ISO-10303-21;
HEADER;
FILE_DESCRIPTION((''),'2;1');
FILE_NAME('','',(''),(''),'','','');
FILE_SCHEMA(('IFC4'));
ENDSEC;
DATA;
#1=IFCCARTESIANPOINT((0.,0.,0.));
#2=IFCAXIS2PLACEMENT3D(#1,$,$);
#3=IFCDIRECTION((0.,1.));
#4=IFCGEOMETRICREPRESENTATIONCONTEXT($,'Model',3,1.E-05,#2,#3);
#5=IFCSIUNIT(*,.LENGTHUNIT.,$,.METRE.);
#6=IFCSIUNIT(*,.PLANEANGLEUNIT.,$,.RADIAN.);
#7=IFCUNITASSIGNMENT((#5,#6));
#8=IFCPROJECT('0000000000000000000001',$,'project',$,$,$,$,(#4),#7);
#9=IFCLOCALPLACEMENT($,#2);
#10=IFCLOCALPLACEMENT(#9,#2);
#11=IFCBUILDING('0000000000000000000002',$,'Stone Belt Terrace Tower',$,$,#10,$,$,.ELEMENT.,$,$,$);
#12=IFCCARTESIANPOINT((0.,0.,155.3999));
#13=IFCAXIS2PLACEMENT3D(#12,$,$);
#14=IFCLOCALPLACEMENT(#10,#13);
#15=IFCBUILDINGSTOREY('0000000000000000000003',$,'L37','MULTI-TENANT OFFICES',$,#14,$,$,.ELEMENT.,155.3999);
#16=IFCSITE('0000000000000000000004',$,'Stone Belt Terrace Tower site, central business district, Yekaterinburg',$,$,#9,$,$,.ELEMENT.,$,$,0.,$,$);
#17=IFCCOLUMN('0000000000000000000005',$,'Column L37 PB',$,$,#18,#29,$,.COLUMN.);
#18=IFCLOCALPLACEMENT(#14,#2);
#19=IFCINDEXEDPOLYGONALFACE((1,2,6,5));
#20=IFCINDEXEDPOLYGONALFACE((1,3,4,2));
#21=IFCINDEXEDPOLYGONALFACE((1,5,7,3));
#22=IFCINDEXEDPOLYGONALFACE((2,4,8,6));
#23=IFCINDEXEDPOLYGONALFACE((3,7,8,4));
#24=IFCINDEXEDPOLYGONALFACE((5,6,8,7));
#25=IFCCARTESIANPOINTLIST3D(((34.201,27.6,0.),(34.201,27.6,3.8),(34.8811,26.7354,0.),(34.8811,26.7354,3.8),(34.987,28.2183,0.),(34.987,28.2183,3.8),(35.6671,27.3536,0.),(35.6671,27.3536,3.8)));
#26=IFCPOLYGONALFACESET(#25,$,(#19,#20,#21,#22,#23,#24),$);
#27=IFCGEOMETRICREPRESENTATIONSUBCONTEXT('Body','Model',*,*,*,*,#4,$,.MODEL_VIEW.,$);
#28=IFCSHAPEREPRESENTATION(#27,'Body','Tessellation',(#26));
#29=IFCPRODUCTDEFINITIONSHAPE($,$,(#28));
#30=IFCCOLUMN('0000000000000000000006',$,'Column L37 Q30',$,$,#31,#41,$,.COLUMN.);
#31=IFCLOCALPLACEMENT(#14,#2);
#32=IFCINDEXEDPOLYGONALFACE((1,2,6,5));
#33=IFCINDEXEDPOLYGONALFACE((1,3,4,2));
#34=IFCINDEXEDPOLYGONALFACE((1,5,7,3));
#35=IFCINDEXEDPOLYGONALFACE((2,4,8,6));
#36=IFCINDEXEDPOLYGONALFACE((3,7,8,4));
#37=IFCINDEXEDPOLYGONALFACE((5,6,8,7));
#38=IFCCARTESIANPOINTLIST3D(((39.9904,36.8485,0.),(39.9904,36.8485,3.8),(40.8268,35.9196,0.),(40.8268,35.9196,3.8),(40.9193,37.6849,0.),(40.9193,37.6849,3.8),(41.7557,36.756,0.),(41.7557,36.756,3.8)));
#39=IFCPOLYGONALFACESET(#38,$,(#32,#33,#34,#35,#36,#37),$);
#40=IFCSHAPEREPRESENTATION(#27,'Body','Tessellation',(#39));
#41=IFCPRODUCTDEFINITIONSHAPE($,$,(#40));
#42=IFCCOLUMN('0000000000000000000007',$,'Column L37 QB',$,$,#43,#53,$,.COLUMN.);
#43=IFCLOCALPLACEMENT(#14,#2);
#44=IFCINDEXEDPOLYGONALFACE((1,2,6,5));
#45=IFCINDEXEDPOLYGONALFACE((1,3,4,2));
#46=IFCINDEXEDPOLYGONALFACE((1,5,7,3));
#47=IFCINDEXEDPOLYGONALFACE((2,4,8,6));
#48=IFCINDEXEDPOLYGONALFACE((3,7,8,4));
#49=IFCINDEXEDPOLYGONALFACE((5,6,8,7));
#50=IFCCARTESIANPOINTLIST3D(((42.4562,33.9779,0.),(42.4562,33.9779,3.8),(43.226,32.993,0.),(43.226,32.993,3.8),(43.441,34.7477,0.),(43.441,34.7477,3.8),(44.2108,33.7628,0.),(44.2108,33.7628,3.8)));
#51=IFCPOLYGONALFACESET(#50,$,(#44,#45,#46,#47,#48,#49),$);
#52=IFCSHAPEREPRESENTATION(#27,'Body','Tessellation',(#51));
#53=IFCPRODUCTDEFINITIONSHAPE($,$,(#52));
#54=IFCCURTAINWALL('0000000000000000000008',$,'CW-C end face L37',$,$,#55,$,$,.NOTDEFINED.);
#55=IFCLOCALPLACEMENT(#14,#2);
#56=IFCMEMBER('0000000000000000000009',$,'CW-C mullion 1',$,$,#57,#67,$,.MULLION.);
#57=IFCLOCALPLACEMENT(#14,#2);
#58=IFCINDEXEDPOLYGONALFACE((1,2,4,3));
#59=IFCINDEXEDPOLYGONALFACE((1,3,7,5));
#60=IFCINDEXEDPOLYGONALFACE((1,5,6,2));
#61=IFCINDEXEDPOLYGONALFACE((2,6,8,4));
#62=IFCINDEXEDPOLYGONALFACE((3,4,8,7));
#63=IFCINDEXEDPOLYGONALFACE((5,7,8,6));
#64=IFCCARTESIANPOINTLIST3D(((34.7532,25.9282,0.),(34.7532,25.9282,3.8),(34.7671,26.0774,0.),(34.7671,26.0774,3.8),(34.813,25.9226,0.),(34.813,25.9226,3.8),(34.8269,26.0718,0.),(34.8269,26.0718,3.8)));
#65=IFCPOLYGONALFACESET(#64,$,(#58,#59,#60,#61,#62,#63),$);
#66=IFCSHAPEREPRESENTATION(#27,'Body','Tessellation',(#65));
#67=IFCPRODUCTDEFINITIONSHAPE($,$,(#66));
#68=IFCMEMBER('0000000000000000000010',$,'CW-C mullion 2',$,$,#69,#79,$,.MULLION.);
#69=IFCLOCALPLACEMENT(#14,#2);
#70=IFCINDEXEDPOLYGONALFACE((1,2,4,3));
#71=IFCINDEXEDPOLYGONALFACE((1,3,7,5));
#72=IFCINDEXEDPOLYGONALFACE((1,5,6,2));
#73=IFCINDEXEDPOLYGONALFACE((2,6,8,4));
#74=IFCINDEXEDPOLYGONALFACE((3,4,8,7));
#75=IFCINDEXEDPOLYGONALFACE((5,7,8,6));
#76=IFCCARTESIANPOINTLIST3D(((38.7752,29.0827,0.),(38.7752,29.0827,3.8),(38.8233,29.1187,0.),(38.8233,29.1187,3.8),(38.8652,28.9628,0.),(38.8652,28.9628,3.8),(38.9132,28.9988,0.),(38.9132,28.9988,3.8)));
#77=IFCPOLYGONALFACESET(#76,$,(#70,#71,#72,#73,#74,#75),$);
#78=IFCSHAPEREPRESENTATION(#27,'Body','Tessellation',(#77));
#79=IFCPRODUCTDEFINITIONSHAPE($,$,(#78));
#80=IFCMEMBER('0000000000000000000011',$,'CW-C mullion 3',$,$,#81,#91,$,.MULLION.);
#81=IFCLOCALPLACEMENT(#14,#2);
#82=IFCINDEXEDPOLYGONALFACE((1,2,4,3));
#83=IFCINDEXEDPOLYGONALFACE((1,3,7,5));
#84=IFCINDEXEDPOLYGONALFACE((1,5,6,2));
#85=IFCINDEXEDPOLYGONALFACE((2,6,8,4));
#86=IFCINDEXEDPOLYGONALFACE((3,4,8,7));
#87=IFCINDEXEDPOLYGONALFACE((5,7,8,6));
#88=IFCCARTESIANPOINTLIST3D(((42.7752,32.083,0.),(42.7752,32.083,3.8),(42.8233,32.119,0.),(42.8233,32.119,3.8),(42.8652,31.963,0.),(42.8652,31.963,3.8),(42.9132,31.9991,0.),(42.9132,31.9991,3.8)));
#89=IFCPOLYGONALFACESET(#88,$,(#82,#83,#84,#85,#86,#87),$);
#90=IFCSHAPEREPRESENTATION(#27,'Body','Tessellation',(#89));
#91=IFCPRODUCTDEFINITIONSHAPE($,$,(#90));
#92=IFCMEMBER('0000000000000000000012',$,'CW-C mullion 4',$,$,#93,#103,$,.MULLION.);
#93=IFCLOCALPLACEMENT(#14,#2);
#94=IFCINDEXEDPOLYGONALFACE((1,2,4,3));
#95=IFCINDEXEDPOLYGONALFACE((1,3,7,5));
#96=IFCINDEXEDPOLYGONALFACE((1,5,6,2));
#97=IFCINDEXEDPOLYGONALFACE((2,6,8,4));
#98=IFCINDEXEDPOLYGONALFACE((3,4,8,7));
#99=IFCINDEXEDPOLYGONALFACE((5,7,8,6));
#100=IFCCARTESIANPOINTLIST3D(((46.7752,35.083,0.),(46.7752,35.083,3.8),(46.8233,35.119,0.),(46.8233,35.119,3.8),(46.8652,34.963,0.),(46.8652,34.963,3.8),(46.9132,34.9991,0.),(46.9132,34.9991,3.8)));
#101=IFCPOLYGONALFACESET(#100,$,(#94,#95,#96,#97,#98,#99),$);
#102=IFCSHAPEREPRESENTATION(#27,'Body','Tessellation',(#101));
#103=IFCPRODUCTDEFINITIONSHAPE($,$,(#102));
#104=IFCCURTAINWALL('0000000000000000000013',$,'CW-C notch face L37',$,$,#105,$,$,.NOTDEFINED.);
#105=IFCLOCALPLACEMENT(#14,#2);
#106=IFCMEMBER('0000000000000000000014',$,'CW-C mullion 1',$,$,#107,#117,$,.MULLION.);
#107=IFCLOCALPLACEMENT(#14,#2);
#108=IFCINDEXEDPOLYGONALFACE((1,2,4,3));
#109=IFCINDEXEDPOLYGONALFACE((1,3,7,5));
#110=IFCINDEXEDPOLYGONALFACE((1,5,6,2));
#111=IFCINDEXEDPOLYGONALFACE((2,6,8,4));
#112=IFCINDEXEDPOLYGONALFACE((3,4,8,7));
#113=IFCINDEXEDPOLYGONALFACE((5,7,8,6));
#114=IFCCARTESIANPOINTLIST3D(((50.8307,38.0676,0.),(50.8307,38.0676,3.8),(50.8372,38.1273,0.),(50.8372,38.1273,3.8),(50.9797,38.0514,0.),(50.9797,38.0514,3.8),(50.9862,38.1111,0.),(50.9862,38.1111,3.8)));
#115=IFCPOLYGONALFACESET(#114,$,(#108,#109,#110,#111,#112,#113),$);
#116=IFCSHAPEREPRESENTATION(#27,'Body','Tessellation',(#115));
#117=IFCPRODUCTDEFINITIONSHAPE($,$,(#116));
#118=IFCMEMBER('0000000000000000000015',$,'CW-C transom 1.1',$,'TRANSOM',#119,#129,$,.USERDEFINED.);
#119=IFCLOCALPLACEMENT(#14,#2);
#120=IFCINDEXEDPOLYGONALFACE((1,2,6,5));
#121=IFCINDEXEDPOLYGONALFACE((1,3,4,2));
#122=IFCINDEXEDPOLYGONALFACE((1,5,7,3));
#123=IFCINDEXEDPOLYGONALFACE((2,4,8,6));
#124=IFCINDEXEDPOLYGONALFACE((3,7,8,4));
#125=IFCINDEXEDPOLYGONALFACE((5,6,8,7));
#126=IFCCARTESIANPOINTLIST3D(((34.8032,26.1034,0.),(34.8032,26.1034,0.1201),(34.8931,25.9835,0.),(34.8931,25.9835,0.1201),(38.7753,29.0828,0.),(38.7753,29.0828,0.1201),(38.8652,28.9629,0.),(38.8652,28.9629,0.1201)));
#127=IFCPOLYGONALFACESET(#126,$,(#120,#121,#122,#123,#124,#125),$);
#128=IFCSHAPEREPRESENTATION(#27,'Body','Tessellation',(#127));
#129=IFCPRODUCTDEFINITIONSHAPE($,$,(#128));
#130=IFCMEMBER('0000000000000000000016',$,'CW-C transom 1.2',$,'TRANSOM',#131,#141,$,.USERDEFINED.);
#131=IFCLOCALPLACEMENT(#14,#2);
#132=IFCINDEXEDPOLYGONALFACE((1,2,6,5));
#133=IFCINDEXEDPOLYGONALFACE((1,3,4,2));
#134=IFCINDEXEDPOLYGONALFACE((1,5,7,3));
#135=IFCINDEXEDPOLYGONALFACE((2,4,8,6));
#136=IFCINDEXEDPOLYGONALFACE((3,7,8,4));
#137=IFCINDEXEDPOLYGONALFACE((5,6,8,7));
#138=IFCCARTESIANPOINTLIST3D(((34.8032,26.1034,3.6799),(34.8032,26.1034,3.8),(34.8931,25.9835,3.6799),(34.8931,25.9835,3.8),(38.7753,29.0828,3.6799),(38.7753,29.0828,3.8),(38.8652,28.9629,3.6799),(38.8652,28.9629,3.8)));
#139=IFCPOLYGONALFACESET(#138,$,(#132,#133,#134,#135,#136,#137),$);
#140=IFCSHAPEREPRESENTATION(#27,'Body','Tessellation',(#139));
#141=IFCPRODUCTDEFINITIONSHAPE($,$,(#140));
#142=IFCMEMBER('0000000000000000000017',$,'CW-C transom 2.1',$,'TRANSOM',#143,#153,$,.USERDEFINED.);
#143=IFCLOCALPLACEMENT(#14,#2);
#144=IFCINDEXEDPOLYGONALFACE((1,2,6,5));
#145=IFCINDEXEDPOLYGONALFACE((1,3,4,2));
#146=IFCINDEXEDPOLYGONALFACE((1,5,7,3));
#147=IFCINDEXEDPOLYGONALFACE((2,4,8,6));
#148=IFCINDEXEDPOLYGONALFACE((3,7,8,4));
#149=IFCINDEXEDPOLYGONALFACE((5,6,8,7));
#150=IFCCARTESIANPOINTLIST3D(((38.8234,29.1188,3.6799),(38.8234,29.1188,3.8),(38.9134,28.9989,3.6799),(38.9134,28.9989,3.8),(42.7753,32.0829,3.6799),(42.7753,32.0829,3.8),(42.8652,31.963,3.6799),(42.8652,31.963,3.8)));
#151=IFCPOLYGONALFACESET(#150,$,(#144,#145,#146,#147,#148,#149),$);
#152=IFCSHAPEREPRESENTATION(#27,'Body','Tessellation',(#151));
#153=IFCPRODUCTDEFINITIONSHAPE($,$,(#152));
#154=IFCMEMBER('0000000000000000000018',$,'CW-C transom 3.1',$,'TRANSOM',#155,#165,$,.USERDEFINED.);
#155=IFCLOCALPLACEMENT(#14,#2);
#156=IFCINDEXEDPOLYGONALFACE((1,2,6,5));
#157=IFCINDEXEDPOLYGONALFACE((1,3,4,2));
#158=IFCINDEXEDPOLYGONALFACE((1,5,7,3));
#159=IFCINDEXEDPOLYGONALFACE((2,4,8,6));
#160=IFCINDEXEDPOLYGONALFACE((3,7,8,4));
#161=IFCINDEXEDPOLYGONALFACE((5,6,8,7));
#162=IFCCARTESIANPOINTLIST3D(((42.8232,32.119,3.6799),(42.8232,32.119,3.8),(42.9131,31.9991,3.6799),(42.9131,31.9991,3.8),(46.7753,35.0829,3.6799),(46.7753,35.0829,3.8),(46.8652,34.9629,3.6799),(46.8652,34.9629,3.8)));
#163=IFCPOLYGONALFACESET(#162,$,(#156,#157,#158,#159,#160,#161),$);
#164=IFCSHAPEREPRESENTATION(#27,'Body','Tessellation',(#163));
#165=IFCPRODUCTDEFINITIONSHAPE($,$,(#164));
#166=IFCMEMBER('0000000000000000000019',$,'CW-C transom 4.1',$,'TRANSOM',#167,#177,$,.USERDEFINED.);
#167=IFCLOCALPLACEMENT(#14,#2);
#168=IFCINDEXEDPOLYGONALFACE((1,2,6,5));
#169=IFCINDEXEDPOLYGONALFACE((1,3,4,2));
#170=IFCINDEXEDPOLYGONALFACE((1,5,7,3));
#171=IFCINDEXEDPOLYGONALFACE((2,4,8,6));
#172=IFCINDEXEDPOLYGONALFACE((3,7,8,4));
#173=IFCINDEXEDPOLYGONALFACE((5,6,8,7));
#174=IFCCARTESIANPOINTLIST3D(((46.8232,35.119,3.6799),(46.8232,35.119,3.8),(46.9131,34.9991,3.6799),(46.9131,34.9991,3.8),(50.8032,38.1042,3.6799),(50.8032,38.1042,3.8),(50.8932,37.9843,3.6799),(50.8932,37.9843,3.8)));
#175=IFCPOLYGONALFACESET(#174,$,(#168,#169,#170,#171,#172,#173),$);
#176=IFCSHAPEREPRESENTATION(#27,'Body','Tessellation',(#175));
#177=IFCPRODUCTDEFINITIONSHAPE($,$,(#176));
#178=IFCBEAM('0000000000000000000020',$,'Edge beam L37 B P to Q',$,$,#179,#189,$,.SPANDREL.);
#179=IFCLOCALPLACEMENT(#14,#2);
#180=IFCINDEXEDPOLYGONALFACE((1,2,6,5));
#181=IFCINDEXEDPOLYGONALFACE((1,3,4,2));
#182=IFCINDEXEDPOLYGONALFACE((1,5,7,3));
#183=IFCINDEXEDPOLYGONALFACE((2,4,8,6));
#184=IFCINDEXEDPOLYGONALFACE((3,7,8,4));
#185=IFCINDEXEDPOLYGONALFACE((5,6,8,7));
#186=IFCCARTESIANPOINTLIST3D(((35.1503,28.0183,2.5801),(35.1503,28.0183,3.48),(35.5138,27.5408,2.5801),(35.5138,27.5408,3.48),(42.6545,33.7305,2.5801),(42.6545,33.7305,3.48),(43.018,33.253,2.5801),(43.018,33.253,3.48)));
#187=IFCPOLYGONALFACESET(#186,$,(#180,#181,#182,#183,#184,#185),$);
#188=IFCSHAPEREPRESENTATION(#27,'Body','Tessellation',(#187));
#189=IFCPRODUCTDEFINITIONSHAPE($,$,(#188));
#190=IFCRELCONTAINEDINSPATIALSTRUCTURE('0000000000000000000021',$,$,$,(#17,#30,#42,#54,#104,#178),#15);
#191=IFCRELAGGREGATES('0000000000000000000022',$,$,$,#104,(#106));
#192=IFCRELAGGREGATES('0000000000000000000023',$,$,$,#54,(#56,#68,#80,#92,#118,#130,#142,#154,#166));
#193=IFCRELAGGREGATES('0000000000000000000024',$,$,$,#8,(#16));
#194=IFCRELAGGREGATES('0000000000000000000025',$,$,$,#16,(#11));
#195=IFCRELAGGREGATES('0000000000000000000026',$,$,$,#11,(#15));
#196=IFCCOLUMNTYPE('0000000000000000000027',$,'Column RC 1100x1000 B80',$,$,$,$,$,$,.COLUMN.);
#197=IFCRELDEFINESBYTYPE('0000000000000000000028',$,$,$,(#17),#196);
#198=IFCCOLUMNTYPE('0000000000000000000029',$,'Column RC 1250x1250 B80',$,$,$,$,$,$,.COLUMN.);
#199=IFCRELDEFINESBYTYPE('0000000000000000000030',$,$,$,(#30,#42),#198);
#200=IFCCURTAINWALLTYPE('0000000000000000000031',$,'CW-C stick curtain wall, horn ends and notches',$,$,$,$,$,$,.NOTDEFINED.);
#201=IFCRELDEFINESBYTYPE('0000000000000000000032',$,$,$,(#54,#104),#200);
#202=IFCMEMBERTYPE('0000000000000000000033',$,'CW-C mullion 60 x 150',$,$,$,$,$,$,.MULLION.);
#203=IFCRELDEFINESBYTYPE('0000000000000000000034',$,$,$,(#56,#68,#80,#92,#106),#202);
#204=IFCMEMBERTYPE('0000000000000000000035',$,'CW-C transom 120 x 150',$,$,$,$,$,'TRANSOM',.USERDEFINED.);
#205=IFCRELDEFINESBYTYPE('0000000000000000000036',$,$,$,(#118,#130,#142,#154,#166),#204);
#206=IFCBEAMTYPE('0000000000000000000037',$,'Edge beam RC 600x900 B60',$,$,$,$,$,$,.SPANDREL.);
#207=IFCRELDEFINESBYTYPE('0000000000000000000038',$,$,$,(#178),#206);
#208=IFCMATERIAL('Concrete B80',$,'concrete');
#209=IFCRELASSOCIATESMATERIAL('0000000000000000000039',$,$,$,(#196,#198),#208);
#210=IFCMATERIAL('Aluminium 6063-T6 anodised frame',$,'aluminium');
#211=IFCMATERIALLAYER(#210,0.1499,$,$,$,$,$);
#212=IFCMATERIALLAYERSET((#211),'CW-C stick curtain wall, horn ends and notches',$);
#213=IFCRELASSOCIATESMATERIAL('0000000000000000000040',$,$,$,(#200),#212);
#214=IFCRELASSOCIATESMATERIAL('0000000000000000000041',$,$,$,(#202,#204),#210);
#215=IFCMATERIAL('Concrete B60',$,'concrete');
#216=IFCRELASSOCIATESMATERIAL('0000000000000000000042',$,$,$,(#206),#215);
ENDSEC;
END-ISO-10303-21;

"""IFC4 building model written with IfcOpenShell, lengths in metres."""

from ifc_helpers import new_model, si_unit, direction, frame, origin, origin_2d, place, context, subcontext, project, spatial, rectangle, extrude, material, layer, layer_set, material_profile, profile_set, type_object, element, aggregate, save


model = new_model("IFC4")

# Units and contexts
model_context = context("Model", 3, precision=1e-05, world=origin(), true_north=direction((0.0, 1.0)))
body_context = subcontext(model_context, "Body", "Model", "MODEL_VIEW")
ifc_project = project(units=[si_unit("LENGTHUNIT", "METRE"), si_unit("PLANEANGLEUNIT", "RADIAN")], contexts=[model_context])

# Site, building, storey
site_placement = place(None, origin())
site = spatial("IfcSite", under=ifc_project, at=site_placement, Name="Stone Belt Terrace Tower site, central business district, Yekaterinburg", CompositionType="ELEMENT", RefElevation=0.0)
building_placement = place(site_placement, origin())
building = spatial("IfcBuilding", under=site, at=building_placement, Name="Stone Belt Terrace Tower", CompositionType="ELEMENT")
storey_placement = place(building_placement, frame((0.0, 0.0, 155.3999)))
storey = spatial("IfcBuildingStorey", under=building, at=storey_placement, Name="L37", Description="MULTI-TENANT OFFICES", CompositionType="ELEMENT", Elevation=155.3999)

# Columns
ifc_material_1 = material(Name="Concrete B80", Category="concrete")
ifc_material_profile_1 = material_profile(ifc_material_1, rectangle(XDim=1.1001, YDim=1.0, at=origin_2d()), Name="RC 1100x1000")
ifc_profile_set_1 = profile_set([ifc_material_profile_1], Name="Concrete B80")
column_type_1 = type_object("IfcColumnType", Name="Column RC 1100x1000 B80", PredefinedType="COLUMN", material=ifc_profile_set_1)
column_placement = place(storey_placement, frame((34.9341, 27.4768, 0.0), z_axis=(0.0, 0.0, 1.0), x_axis=(0.618218, -0.786007, 0.0)))
element("IfcColumn", 1, at=column_placement, inside=storey, type_object=column_type_1, Name="Column L37 PB", PredefinedType="COLUMN", context=body_context, shape_type="SweptSolid", body=[
    extrude(rectangle(XDim=1.1001, YDim=1.0, at=origin_2d()), origin(), (0.0, 0.0, 1.0), 3.8),
])
ifc_material_profile_2 = material_profile(ifc_material_1, rectangle(XDim=1.25, YDim=1.25, at=origin_2d()), Name="RC 1250x1250")
ifc_profile_set_2 = profile_set([ifc_material_profile_2], Name="Concrete B80")
column_type_2 = type_object("IfcColumnType", Name="Column RC 1250x1250 B80", PredefinedType="COLUMN", material=ifc_profile_set_2)
for number, where, z_axis, x_axis, name in (
    (2, (40.873, 36.8022, 0.0), (0.0, 0.0, 1.0), (0.669131, -0.743145, 0.0), "Column L37 Q30"),
    (3, (43.3335, 33.8704, 0.0), (0.0, 0.0, 1.0), (0.615825, -0.787883, 0.0), "Column L37 QB"),
):
    element("IfcColumn", number, at=place(storey_placement, frame(where, z_axis=z_axis, x_axis=x_axis)), inside=storey, type_object=column_type_2, Name=name, PredefinedType="COLUMN", context=body_context, shape_type="SweptSolid", body=[
        extrude(rectangle(XDim=1.25, YDim=1.25, at=origin_2d()), origin(), (0.0, 0.0, 1.0), 3.8),
    ])

# Curtain wall, members
ifc_material_2 = material(Name="Aluminium 6063-T6 anodised frame", Category="aluminium")
ifc_layer_1 = layer(ifc_material_2, 0.1499)
ifc_layer_set_1 = layer_set([ifc_layer_1], Name="CW-C stick curtain wall, horn ends and notches")
curtain_wall_type_1 = type_object("IfcCurtainWallType", Name="CW-C stick curtain wall, horn ends and notches", PredefinedType="NOTDEFINED", material=ifc_layer_set_1)
curtain_wall_1_placement = place(storey_placement, origin())
curtain_wall_1 = element("IfcCurtainWall", 4, at=curtain_wall_1_placement, inside=storey, type_object=curtain_wall_type_1, Name="CW-C end face L37", PredefinedType="NOTDEFINED")
ifc_material_profile_3 = material_profile(ifc_material_2, rectangle(XDim=0.1499, YDim=0.0601, at=origin_2d()), Name="Aluminium 6063-T6 60x150")
ifc_profile_set_3 = profile_set([ifc_material_profile_3], Name="Aluminium 6063-T6 anodised frame")
member_type_1 = type_object("IfcMemberType", Name="CW-C mullion 60 x 150", PredefinedType="MULLION", material=ifc_profile_set_3)
member_1_placement = place(storey_placement, frame((34.79, 26.0, 0.0), z_axis=(0.0, 0.0, 1.0), x_axis=(0.093181, 0.995649, 0.0)))
member_1 = element("IfcMember", 5, at=member_1_placement, type_object=member_type_1, Name="CW-C mullion 1", PredefinedType="MULLION", context=body_context, shape_type="SweptSolid", body=[
    extrude(rectangle(XDim=0.1499, YDim=0.0601, at=origin_2d()), origin(), (0.0, 0.0, 1.0), 3.8),
])
member_2_placement = place(storey_placement, frame((38.8442, 29.0408, 0.0), z_axis=(0.0, 0.0, 1.0), x_axis=(-0.600018, 0.799987, 0.0)))
member_2 = element("IfcMember", 6, at=member_2_placement, type_object=member_type_1, Name="CW-C mullion 2", PredefinedType="MULLION", context=body_context, shape_type="SweptSolid", body=[
    extrude(rectangle(XDim=0.1499, YDim=0.0601, at=origin_2d()), origin(), (0.0, 0.0, 1.0), 3.8),
])
member_3_placement = place(storey_placement, frame((42.8442, 32.041, 0.0), z_axis=(0.0, 0.0, 1.0), x_axis=(-0.600018, 0.799987, 0.0)))
member_3 = element("IfcMember", 7, at=member_3_placement, type_object=member_type_1, Name="CW-C mullion 3", PredefinedType="MULLION", context=body_context, shape_type="SweptSolid", body=[
    extrude(rectangle(XDim=0.1499, YDim=0.0601, at=origin_2d()), origin(), (0.0, 0.0, 1.0), 3.8),
])
member_4_placement = place(storey_placement, frame((46.8442, 35.041, 0.0), z_axis=(0.0, 0.0, 1.0), x_axis=(-0.600018, 0.799987, 0.0)))
member_4 = element("IfcMember", 8, at=member_4_placement, type_object=member_type_1, Name="CW-C mullion 4", PredefinedType="MULLION", context=body_context, shape_type="SweptSolid", body=[
    extrude(rectangle(XDim=0.1499, YDim=0.0601, at=origin_2d()), origin(), (0.0, 0.0, 1.0), 3.8),
])

# Curtain wall, member
curtain_wall_2_placement = place(storey_placement, origin())
curtain_wall_2 = element("IfcCurtainWall", 9, at=curtain_wall_2_placement, inside=storey, type_object=curtain_wall_type_1, Name="CW-C notch face L37", PredefinedType="NOTDEFINED")
member_5_placement = place(storey_placement, frame((50.9084, 38.0894, 0.0), z_axis=(0.0, 0.0, 1.0), x_axis=(-0.994169, 0.10783, 0.0)))
member_5 = element("IfcMember", 10, at=member_5_placement, type_object=member_type_1, Name="CW-C mullion 1", PredefinedType="MULLION", context=body_context, shape_type="SweptSolid", body=[
    extrude(rectangle(XDim=0.1499, YDim=0.0601, at=origin_2d()), origin(), (0.0, 0.0, 1.0), 3.8),
])
aggregate(curtain_wall_2, [member_5])

# Members
ifc_material_profile_4 = material_profile(ifc_material_2, rectangle(XDim=0.1499, YDim=0.1201, at=origin_2d()), Name="Aluminium 6063-T6 150x120")
ifc_profile_set_4 = profile_set([ifc_material_profile_4], Name="Aluminium 6063-T6 anodised frame")
member_type_2 = type_object("IfcMemberType", Name="CW-C transom 120 x 150", ElementType="TRANSOM", PredefinedType="USERDEFINED", material=ifc_profile_set_4)
member_6_placement = place(storey_placement, frame((34.8481, 26.0435, 0.0601), z_axis=(0.799965, 0.600047, 0.0), x_axis=(-0.600047, 0.799965, 0.0)))
member_6 = element("IfcMember", 11, at=member_6_placement, type_object=member_type_2, Name="CW-C transom 1.1", ObjectType="TRANSOM", PredefinedType="USERDEFINED", context=body_context, shape_type="SweptSolid", body=[
    extrude(rectangle(XDim=0.1499, YDim=0.1201, at=origin_2d()), origin(), (0.0, 0.0, 1.0), 4.9653),
])
member_7_placement = place(storey_placement, frame((34.8481, 26.0435, 3.74), z_axis=(0.799965, 0.600047, 0.0), x_axis=(-0.600047, 0.799965, 0.0)))
member_7 = element("IfcMember", 12, at=member_7_placement, type_object=member_type_2, Name="CW-C transom 1.2", ObjectType="TRANSOM", PredefinedType="USERDEFINED", context=body_context, shape_type="SweptSolid", body=[
    extrude(rectangle(XDim=0.1499, YDim=0.1201, at=origin_2d()), origin(), (0.0, 0.0, 1.0), 4.9653),
])
member_8_placement = place(storey_placement, frame((38.8684, 29.0588, 3.74), z_axis=(0.799982, 0.600024, 0.0), x_axis=(-0.600024, 0.799982, 0.0)))
member_8 = element("IfcMember", 13, at=member_8_placement, type_object=member_type_2, Name="CW-C transom 2.1", ObjectType="TRANSOM", PredefinedType="USERDEFINED", context=body_context, shape_type="SweptSolid", body=[
    extrude(rectangle(XDim=0.1499, YDim=0.1201, at=origin_2d()), origin(), (0.0, 0.0, 1.0), 4.9399),
])
member_9_placement = place(storey_placement, frame((42.8682, 32.0591, 3.74), z_axis=(0.800024, 0.599968, 0.0), x_axis=(-0.599968, 0.800024, 0.0)))
member_9 = element("IfcMember", 14, at=member_9_placement, type_object=member_type_2, Name="CW-C transom 3.1", ObjectType="TRANSOM", PredefinedType="USERDEFINED", context=body_context, shape_type="SweptSolid", body=[
    extrude(rectangle(XDim=0.1499, YDim=0.1201, at=origin_2d()), origin(), (0.0, 0.0, 1.0), 4.9399),
])
member_10_placement = place(storey_placement, frame((46.8682, 35.0591, 3.74), z_axis=(0.799988, 0.600016, 0.0), x_axis=(-0.600016, 0.799988, 0.0)))
member_10 = element("IfcMember", 15, at=member_10_placement, type_object=member_type_2, Name="CW-C transom 4.1", ObjectType="TRANSOM", PredefinedType="USERDEFINED", context=body_context, shape_type="SweptSolid", body=[
    extrude(rectangle(XDim=0.1499, YDim=0.1201, at=origin_2d()), origin(), (0.0, 0.0, 1.0), 4.9751),
])

# Beam
ifc_material_3 = material(Name="Concrete B60", Category="concrete")
ifc_material_profile_5 = material_profile(ifc_material_3, rectangle(XDim=0.6001, YDim=0.8999, at=origin_2d()), Name="RC 600x900")
ifc_profile_set_5 = profile_set([ifc_material_profile_5], Name="Concrete B60")
beam_type_1 = type_object("IfcBeamType", Name="Edge beam RC 600x900 B60", PredefinedType="SPANDREL", material=ifc_profile_set_5)
beam_1_placement = place(storey_placement, frame((35.332, 27.7795, 3.03), z_axis=(0.795702, 0.605688, 0.0), x_axis=(-0.605688, 0.795702, 0.0)))
element("IfcBeam", 16, at=beam_1_placement, inside=storey, type_object=beam_type_1, Name="Edge beam L37 B P to Q", PredefinedType="SPANDREL", context=body_context, shape_type="SweptSolid", body=[
    extrude(rectangle(XDim=0.6001, YDim=0.8999, at=origin_2d()), origin(), (0.0, 0.0, 1.0), 9.4309),
])

aggregate(curtain_wall_1, [member_1, member_2, member_3, member_4, member_6, member_7, member_8, member_9, member_10])

save(model, "model.ifc")
